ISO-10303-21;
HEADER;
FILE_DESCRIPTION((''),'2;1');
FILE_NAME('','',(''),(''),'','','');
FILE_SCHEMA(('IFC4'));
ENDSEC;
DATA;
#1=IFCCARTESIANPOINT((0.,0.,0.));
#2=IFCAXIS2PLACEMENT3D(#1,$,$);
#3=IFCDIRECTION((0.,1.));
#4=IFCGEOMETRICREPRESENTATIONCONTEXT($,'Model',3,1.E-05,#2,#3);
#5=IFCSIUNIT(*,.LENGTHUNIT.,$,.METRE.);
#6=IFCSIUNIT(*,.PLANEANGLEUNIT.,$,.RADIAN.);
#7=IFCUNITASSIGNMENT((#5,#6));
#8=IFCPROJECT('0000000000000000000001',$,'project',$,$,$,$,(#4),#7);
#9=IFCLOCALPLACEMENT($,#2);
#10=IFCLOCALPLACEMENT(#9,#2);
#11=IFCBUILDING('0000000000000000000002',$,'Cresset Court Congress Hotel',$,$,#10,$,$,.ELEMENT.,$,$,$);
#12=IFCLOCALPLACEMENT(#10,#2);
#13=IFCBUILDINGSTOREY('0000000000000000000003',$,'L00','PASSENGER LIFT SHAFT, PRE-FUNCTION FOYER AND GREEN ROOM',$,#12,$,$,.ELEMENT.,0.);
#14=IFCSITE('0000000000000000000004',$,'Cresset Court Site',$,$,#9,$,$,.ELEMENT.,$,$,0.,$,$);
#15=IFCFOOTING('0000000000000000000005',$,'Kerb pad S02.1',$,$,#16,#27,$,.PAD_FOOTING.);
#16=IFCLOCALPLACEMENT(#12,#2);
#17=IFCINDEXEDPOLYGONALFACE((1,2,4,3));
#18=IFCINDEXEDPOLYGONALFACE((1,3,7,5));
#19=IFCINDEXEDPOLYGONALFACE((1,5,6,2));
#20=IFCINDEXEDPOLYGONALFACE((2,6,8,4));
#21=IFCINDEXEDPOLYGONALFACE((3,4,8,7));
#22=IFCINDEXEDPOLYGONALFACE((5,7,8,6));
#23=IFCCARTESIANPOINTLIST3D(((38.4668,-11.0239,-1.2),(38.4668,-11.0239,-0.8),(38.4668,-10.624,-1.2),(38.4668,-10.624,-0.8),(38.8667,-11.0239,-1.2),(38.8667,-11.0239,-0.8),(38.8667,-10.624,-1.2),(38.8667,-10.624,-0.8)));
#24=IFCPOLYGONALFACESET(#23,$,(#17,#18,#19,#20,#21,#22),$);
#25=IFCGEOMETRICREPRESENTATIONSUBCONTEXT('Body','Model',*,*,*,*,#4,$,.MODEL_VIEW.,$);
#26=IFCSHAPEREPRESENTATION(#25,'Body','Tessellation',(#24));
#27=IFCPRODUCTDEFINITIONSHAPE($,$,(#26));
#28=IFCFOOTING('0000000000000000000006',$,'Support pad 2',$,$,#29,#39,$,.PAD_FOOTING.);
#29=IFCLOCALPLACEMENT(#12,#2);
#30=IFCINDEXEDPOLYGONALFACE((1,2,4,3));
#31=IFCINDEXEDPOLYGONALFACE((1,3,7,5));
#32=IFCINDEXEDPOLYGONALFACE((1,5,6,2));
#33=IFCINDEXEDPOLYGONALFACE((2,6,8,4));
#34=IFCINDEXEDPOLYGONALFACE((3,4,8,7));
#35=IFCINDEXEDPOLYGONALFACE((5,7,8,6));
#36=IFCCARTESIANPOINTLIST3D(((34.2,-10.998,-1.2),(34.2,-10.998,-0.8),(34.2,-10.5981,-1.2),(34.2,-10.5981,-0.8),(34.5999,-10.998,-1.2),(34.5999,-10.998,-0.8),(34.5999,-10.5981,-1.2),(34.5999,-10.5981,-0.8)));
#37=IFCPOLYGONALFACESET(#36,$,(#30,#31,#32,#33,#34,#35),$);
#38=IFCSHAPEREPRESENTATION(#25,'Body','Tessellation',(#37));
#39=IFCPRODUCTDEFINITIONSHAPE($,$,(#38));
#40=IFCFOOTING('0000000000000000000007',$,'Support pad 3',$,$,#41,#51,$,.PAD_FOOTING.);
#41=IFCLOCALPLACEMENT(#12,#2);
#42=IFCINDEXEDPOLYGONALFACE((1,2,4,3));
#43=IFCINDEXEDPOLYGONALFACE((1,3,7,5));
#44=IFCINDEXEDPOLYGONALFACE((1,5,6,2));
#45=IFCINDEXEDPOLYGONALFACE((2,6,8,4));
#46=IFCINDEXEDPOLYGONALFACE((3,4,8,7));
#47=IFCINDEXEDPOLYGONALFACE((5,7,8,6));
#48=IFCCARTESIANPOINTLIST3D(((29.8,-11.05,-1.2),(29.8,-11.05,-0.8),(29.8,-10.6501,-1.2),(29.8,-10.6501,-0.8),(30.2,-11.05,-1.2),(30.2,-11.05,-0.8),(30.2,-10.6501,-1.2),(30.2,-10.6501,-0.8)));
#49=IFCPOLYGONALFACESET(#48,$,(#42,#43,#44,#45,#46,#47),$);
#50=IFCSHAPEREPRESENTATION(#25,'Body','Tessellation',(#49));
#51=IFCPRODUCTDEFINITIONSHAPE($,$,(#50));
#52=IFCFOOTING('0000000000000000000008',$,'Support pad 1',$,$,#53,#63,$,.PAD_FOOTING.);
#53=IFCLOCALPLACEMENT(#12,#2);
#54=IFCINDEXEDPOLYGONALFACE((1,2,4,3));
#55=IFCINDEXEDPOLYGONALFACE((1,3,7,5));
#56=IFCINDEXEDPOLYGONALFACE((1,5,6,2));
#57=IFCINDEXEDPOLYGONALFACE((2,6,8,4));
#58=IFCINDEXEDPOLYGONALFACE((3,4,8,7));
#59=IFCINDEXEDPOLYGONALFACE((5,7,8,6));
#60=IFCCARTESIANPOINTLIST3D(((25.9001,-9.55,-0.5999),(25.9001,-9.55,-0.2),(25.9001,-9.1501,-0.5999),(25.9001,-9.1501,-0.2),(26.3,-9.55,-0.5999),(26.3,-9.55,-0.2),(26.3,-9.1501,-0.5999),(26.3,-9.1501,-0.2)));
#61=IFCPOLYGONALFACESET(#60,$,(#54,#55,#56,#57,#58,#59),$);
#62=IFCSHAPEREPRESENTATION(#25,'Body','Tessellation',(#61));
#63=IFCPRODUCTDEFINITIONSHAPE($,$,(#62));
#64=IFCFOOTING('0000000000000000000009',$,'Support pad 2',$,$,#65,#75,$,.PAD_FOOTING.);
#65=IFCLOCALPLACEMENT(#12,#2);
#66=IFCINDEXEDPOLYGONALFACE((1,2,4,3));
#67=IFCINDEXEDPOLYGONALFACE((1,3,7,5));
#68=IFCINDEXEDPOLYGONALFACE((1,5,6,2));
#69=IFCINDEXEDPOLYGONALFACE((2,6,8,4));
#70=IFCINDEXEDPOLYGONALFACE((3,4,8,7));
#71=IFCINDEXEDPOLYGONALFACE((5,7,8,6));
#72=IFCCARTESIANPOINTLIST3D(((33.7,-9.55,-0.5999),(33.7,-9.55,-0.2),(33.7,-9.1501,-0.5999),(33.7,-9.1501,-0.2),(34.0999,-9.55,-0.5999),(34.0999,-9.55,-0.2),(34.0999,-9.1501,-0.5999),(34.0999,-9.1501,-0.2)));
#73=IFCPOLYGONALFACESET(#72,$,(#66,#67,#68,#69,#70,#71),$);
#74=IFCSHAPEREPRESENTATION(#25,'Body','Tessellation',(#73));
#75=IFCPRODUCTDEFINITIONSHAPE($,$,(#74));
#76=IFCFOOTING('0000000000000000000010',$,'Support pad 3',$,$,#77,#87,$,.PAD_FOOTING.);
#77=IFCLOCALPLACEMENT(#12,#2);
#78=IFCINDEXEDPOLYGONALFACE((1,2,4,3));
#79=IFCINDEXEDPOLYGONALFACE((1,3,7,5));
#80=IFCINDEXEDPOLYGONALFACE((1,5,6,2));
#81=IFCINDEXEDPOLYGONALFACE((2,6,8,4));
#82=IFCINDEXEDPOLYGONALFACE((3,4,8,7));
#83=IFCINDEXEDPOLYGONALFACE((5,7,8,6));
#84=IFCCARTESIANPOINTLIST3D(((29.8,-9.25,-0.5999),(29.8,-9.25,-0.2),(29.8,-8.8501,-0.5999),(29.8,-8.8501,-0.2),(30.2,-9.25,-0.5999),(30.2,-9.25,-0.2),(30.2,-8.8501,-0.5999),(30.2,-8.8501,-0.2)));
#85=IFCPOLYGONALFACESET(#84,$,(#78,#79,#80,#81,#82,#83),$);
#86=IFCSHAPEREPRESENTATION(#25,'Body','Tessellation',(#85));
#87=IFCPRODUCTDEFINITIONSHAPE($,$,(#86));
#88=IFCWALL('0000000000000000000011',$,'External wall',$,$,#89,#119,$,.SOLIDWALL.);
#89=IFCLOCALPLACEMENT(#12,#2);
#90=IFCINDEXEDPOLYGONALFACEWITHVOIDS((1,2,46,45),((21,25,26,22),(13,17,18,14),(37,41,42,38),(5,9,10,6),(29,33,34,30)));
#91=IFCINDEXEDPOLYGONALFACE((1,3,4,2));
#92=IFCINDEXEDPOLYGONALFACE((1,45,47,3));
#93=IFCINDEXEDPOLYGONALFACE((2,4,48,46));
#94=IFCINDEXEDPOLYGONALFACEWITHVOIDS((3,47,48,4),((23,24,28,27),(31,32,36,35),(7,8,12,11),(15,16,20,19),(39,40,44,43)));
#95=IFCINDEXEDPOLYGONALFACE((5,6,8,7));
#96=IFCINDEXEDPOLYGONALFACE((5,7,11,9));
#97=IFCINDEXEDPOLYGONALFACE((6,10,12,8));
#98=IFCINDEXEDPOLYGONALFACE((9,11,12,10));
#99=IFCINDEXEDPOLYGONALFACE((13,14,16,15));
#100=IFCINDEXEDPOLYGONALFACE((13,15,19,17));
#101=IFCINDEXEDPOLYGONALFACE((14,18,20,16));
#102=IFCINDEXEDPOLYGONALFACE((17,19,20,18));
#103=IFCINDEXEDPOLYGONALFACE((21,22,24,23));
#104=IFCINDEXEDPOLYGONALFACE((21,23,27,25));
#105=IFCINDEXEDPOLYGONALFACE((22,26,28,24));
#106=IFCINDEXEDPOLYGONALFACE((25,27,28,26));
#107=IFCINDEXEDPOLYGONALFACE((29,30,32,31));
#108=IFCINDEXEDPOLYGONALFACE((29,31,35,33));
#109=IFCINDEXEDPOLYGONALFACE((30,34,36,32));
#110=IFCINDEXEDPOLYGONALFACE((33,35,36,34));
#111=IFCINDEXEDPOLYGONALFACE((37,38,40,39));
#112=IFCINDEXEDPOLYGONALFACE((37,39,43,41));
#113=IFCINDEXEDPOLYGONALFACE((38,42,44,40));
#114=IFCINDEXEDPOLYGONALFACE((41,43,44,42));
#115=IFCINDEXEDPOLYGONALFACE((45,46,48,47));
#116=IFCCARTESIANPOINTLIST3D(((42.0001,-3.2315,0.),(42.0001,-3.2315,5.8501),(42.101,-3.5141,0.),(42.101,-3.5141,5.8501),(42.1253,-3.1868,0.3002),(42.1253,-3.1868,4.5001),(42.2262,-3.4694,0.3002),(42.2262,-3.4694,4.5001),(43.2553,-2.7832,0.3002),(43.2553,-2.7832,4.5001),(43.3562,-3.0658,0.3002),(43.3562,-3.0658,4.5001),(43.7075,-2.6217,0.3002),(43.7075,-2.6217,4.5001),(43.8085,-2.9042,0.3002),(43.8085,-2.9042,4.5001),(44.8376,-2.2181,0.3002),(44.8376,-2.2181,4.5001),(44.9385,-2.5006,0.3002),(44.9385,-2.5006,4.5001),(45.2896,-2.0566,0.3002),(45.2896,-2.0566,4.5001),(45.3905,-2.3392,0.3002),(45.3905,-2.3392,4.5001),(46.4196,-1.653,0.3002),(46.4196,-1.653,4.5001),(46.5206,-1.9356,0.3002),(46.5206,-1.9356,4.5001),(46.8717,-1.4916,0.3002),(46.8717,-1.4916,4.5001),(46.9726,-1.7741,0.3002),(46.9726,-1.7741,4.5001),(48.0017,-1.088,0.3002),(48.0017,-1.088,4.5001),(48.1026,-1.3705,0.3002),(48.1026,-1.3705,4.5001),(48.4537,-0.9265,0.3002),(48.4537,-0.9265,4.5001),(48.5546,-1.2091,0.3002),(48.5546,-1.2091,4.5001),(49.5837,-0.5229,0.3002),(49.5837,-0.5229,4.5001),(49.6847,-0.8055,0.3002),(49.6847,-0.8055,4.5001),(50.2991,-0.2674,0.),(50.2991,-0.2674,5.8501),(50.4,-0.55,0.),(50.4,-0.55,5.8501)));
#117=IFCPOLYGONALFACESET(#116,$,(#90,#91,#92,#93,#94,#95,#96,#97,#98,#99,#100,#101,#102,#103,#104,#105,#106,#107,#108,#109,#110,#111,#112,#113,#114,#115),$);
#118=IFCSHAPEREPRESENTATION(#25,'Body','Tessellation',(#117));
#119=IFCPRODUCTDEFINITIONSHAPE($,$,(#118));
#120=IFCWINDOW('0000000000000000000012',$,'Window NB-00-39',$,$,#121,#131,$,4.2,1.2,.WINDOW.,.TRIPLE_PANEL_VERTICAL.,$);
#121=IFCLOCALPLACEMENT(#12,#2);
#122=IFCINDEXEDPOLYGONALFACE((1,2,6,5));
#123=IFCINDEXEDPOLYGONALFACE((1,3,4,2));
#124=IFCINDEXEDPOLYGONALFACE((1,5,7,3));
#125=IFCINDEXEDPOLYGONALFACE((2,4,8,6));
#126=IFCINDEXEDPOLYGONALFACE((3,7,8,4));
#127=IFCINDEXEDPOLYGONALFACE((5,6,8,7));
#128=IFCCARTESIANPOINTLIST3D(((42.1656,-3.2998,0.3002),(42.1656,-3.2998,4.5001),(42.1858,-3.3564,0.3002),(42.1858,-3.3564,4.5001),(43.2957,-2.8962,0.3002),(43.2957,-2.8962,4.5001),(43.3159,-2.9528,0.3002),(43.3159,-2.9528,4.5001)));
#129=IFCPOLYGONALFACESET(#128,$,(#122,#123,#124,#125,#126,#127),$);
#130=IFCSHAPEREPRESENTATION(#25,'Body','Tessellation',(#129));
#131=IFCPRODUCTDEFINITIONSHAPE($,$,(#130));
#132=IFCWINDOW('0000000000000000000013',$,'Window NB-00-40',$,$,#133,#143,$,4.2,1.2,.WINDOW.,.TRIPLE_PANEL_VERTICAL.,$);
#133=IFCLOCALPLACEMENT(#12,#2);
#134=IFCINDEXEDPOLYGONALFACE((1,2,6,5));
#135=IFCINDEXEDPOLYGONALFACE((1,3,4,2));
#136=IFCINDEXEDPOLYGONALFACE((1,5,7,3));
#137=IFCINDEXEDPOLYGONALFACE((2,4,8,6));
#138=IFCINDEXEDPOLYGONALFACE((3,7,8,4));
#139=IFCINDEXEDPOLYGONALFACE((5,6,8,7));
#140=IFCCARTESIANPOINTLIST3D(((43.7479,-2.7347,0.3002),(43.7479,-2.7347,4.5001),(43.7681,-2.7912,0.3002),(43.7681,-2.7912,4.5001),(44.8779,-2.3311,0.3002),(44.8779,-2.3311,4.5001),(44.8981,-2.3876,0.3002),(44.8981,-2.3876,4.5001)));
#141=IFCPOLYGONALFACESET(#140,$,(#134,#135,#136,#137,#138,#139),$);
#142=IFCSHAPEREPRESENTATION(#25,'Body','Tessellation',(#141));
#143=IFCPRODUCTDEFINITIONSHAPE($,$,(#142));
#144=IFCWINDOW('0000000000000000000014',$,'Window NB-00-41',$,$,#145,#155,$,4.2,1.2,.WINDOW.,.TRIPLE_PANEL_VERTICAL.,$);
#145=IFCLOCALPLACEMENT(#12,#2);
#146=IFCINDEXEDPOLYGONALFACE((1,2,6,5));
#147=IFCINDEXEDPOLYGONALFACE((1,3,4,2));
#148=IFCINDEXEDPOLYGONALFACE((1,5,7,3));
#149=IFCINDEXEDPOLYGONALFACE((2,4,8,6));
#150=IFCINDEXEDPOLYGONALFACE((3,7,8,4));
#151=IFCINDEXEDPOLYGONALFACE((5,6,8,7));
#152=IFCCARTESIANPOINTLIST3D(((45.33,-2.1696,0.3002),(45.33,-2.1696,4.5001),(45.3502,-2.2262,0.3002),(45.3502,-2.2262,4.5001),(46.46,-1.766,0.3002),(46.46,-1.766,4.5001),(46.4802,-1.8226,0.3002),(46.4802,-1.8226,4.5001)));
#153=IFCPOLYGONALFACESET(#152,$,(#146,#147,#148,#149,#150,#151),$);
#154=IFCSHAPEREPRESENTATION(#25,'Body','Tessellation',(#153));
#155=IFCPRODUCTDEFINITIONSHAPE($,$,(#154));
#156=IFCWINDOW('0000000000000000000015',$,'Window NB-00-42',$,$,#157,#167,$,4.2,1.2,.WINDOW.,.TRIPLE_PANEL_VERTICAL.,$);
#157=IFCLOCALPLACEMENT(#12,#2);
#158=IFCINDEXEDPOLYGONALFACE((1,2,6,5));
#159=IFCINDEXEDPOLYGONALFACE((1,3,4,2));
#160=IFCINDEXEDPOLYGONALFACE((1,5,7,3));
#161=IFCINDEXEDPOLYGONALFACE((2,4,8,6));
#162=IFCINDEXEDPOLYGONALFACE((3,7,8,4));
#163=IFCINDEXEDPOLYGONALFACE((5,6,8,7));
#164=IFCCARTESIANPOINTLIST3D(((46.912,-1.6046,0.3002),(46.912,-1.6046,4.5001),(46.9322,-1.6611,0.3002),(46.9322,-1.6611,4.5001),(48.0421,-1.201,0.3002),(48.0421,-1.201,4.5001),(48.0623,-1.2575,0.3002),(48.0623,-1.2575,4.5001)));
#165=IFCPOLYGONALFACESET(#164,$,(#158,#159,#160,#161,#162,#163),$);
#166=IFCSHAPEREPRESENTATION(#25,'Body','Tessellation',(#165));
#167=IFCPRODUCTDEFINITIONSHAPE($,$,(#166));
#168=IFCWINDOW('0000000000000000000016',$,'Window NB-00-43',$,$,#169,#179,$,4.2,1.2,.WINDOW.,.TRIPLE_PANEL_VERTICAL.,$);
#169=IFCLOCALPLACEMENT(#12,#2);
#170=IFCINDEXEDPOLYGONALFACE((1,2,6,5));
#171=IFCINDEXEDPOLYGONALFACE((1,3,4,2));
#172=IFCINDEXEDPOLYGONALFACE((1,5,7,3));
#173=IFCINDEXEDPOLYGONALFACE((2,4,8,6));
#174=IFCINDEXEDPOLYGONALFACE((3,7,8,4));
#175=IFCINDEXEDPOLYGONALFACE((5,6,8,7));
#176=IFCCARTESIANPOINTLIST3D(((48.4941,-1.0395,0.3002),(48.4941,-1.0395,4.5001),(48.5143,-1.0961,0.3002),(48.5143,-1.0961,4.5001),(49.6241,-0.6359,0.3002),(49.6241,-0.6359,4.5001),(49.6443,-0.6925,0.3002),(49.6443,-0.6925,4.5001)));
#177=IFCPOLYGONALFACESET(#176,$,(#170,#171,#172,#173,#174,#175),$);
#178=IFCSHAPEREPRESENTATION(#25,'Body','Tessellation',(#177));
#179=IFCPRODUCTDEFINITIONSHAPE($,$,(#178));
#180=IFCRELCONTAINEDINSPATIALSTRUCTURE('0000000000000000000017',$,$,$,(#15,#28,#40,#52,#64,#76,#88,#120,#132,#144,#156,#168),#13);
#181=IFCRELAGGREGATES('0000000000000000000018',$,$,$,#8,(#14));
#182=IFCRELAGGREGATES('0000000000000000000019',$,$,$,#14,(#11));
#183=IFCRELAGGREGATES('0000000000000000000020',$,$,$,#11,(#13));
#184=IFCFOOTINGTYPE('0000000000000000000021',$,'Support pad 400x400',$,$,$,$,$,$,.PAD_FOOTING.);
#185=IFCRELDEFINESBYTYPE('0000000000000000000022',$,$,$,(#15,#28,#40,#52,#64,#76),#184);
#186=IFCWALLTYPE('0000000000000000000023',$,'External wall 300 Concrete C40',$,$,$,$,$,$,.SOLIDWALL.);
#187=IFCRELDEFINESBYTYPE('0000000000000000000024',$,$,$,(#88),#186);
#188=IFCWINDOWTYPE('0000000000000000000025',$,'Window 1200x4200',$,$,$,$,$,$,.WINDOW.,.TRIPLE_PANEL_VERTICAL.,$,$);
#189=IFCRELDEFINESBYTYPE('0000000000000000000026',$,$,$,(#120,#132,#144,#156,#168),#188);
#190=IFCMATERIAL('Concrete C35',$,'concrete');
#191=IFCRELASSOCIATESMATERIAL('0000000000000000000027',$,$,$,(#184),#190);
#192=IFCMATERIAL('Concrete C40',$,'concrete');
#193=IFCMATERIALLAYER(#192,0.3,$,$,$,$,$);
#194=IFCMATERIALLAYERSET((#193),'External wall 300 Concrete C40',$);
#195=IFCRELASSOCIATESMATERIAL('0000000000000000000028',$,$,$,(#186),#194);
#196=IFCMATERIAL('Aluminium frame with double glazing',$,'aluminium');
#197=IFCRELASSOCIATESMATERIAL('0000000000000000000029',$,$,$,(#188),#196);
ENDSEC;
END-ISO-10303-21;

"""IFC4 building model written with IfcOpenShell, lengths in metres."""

from ifc_helpers import new_model, si_unit, direction, frame, frame_2d, origin, origin_2d, place, context, subcontext, project, spatial, rectangle, extrude, material, layer, layer_set, type_object, element, fill, save


model = new_model("IFC4")

# Units and contexts
model_context = context("Model", 3, precision=1e-05, world=origin(), true_north=direction((0.0, 1.0)))
body_context = subcontext(model_context, "Body", "Model", "MODEL_VIEW")
ifc_project = project(units=[si_unit("LENGTHUNIT", "METRE"), si_unit("PLANEANGLEUNIT", "RADIAN")], contexts=[model_context])

# Site, building, storey
site_placement = place(None, origin())
site = spatial("IfcSite", under=ifc_project, at=site_placement, Name="Cresset Court Site", CompositionType="ELEMENT", RefElevation=0.0)
building_placement = place(site_placement, origin())
building = spatial("IfcBuilding", under=site, at=building_placement, Name="Cresset Court Congress Hotel", CompositionType="ELEMENT")
storey_placement = place(building_placement, origin())
storey = spatial("IfcBuildingStorey", under=building, at=storey_placement, Name="L00", Description="PASSENGER LIFT SHAFT, PRE-FUNCTION FOYER AND GREEN ROOM", CompositionType="ELEMENT", Elevation=0.0)

# Footings
ifc_material_1 = material(Name="Concrete C35", Category="concrete")
footing_type = type_object("IfcFootingType", Name="Support pad 400x400", PredefinedType="PAD_FOOTING", material=ifc_material_1)
for number, where, z_axis, x_axis, name in (
    (1, (38.6667, -10.824, -1.2), (0.0, 0.0, 1.0), (1.0, 0.0, 0.0), "Kerb pad S02.1"),
    (2, (34.3999, -10.7981, -1.2), (0.0, 0.0, 1.0), (1.0, 0.0, 0.0), "Support pad 2"),
    (3, (30.0, -10.8501, -1.2), (0.0, 0.0, 1.0), (1.0, 0.0, 0.0), "Support pad 3"),
    (4, (26.1001, -9.3501, -0.5999), (0.0, 0.0, 1.0), (1.0, 0.0, 0.0), "Support pad 1"),
    (5, (33.8999, -9.3501, -0.5999), (0.0, 0.0, 1.0), (1.0, 0.0, 0.0), "Support pad 2"),
    (6, (30.0, -9.05, -0.5999), (0.0, 0.0, 1.0), (1.0, 0.0, 0.0), "Support pad 3"),
):
    element("IfcFooting", number, at=place(storey_placement, frame(where, z_axis=z_axis, x_axis=x_axis)), inside=storey, type_object=footing_type, Name=name, PredefinedType="PAD_FOOTING", context=body_context, shape_type="SweptSolid", body=[
        extrude(rectangle(XDim=0.3999, YDim=0.3999, at=origin_2d()), origin(), (0.0, 0.0, 1.0), 0.3999),
    ])

# Wall, openings, windows
ifc_material_2 = material(Name="Concrete C40", Category="concrete")
ifc_layer_1 = layer(ifc_material_2, 0.3)
ifc_layer_set_1 = layer_set([ifc_layer_1], Name="External wall 300 Concrete C40")
wall_type_1 = type_object("IfcWallType", Name="External wall 300 Concrete C40", PredefinedType="SOLIDWALL", material=ifc_layer_set_1)
wall_1_placement = place(storey_placement, frame((42.0505, -3.3728, 0.0), z_axis=(0.0, 0.0, 1.0), x_axis=(0.941736, 0.336352, 0.0)))
wall_1 = element("IfcWall", 7, at=wall_1_placement, inside=storey, type_object=wall_type_1, Name="External wall", PredefinedType="SOLIDWALL", context=body_context, shape_type="SweptSolid", body=[
    extrude(rectangle(XDim=8.8125, YDim=0.3, at=frame_2d((4.4062, 0.0))), origin(), (0.0, 0.0, 1.0), 5.8501),
])
opening_1_placement = place(wall_1_placement, frame((0.1328, 0.0, 0.3)))
opening_1 = element("IfcOpeningElement", 8, at=opening_1_placement, cuts=wall_1, PredefinedType="OPENING", context=body_context, shape_type="SweptSolid", body=[
    extrude(rectangle(XDim=1.2, YDim=4.2, at=frame_2d((0.6001, 2.1001))), frame((0.0, 0.1599, 0.0), z_axis=(0.0, -1.0, 0.0), x_axis=(1.0, 0.0, 0.0)), (0.0, 0.0, 1.0), 0.3201),
])
opening_2_placement = place(wall_1_placement, frame((1.813, 0.0, 0.3)))
opening_2 = element("IfcOpeningElement", 9, at=opening_2_placement, cuts=wall_1, PredefinedType="OPENING", context=body_context, shape_type="SweptSolid", body=[
    extrude(rectangle(XDim=1.2, YDim=4.2, at=frame_2d((0.6001, 2.1001))), frame((0.0, 0.1599, 0.0), z_axis=(0.0, -1.0, 0.0), x_axis=(1.0, 0.0, 0.0)), (0.0, 0.0, 1.0), 0.3201),
])
opening_3_placement = place(wall_1_placement, frame((3.4929, 0.0, 0.3)))
opening_3 = element("IfcOpeningElement", 10, at=opening_3_placement, cuts=wall_1, PredefinedType="OPENING", context=body_context, shape_type="SweptSolid", body=[
    extrude(rectangle(XDim=1.2, YDim=4.2, at=frame_2d((0.6001, 2.1001))), frame((0.0, 0.1599, 0.0), z_axis=(0.0, -1.0, 0.0), x_axis=(1.0, 0.0, 0.0)), (0.0, 0.0, 1.0), 0.3201),
])
opening_4_placement = place(wall_1_placement, frame((5.1729, 0.0, 0.3)))
opening_4 = element("IfcOpeningElement", 11, at=opening_4_placement, cuts=wall_1, PredefinedType="OPENING", context=body_context, shape_type="SweptSolid", body=[
    extrude(rectangle(XDim=1.2, YDim=4.2, at=frame_2d((0.6001, 2.1001))), frame((0.0, 0.1599, 0.0), z_axis=(0.0, -1.0, 0.0), x_axis=(1.0, 0.0, 0.0)), (0.0, 0.0, 1.0), 0.3201),
])
opening_5_placement = place(wall_1_placement, frame((6.8528, 0.0, 0.3)))
opening_5 = element("IfcOpeningElement", 12, at=opening_5_placement, cuts=wall_1, PredefinedType="OPENING", context=body_context, shape_type="SweptSolid", body=[
    extrude(rectangle(XDim=1.2, YDim=4.2, at=frame_2d((0.6001, 2.1001))), frame((0.0, 0.1599, 0.0), z_axis=(0.0, -1.0, 0.0), x_axis=(1.0, 0.0, 0.0)), (0.0, 0.0, 1.0), 0.3201),
])
ifc_material_3 = material(Name="Aluminium frame with double glazing", Category="aluminium")
window_type = type_object("IfcWindowType", Name="Window 1200x4200", PartitioningType="TRIPLE_PANEL_VERTICAL", PredefinedType="WINDOW", material=ifc_material_3)
window_1_placement = place(opening_1_placement, origin())
window_1 = element("IfcWindow", 13, at=window_1_placement, inside=storey, type_object=window_type, Name="Window NB-00-39", OverallHeight=4.2, OverallWidth=1.2, PartitioningType="TRIPLE_PANEL_VERTICAL", PredefinedType="WINDOW", context=body_context, shape_type="SweptSolid", body=[
    extrude(rectangle(XDim=1.2, YDim=4.2, at=frame_2d((0.6001, 2.1001))), frame((0.0, 0.03, 0.0), z_axis=(0.0, -1.0, 0.0), x_axis=(1.0, 0.0, 0.0)), (0.0, 0.0, 1.0), 0.0601),
])
fill(opening_1, window_1)
window_2_placement = place(opening_2_placement, origin())
window_2 = element("IfcWindow", 14, at=window_2_placement, inside=storey, type_object=window_type, Name="Window NB-00-40", OverallHeight=4.2, OverallWidth=1.2, PartitioningType="TRIPLE_PANEL_VERTICAL", PredefinedType="WINDOW", context=body_context, shape_type="SweptSolid", body=[
    extrude(rectangle(XDim=1.2, YDim=4.2, at=frame_2d((0.6001, 2.1001))), frame((0.0, 0.03, 0.0), z_axis=(0.0, -1.0, 0.0), x_axis=(1.0, 0.0, 0.0)), (0.0, 0.0, 1.0), 0.0601),
])
fill(opening_2, window_2)
window_3_placement = place(opening_3_placement, origin())
window_3 = element("IfcWindow", 15, at=window_3_placement, inside=storey, type_object=window_type, Name="Window NB-00-41", OverallHeight=4.2, OverallWidth=1.2, PartitioningType="TRIPLE_PANEL_VERTICAL", PredefinedType="WINDOW", context=body_context, shape_type="SweptSolid", body=[
    extrude(rectangle(XDim=1.2, YDim=4.2, at=frame_2d((0.6001, 2.1001))), frame((0.0, 0.03, 0.0), z_axis=(0.0, -1.0, 0.0), x_axis=(1.0, 0.0, 0.0)), (0.0, 0.0, 1.0), 0.0601),
])
fill(opening_3, window_3)
window_4_placement = place(opening_4_placement, origin())
window_4 = element("IfcWindow", 16, at=window_4_placement, inside=storey, type_object=window_type, Name="Window NB-00-42", OverallHeight=4.2, OverallWidth=1.2, PartitioningType="TRIPLE_PANEL_VERTICAL", PredefinedType="WINDOW", context=body_context, shape_type="SweptSolid", body=[
    extrude(rectangle(XDim=1.2, YDim=4.2, at=frame_2d((0.6001, 2.1001))), frame((0.0, 0.03, 0.0), z_axis=(0.0, -1.0, 0.0), x_axis=(1.0, 0.0, 0.0)), (0.0, 0.0, 1.0), 0.0601),
])
fill(opening_4, window_4)
window_5_placement = place(opening_5_placement, origin())
window_5 = element("IfcWindow", 17, at=window_5_placement, inside=storey, type_object=window_type, Name="Window NB-00-43", OverallHeight=4.2, OverallWidth=1.2, PartitioningType="TRIPLE_PANEL_VERTICAL", PredefinedType="WINDOW", context=body_context, shape_type="SweptSolid", body=[
    extrude(rectangle(XDim=1.2, YDim=4.2, at=frame_2d((0.6001, 2.1001))), frame((0.0, 0.03, 0.0), z_axis=(0.0, -1.0, 0.0), x_axis=(1.0, 0.0, 0.0)), (0.0, 0.0, 1.0), 0.0601),
])
fill(opening_5, window_5)

save(model, "model.ifc")
